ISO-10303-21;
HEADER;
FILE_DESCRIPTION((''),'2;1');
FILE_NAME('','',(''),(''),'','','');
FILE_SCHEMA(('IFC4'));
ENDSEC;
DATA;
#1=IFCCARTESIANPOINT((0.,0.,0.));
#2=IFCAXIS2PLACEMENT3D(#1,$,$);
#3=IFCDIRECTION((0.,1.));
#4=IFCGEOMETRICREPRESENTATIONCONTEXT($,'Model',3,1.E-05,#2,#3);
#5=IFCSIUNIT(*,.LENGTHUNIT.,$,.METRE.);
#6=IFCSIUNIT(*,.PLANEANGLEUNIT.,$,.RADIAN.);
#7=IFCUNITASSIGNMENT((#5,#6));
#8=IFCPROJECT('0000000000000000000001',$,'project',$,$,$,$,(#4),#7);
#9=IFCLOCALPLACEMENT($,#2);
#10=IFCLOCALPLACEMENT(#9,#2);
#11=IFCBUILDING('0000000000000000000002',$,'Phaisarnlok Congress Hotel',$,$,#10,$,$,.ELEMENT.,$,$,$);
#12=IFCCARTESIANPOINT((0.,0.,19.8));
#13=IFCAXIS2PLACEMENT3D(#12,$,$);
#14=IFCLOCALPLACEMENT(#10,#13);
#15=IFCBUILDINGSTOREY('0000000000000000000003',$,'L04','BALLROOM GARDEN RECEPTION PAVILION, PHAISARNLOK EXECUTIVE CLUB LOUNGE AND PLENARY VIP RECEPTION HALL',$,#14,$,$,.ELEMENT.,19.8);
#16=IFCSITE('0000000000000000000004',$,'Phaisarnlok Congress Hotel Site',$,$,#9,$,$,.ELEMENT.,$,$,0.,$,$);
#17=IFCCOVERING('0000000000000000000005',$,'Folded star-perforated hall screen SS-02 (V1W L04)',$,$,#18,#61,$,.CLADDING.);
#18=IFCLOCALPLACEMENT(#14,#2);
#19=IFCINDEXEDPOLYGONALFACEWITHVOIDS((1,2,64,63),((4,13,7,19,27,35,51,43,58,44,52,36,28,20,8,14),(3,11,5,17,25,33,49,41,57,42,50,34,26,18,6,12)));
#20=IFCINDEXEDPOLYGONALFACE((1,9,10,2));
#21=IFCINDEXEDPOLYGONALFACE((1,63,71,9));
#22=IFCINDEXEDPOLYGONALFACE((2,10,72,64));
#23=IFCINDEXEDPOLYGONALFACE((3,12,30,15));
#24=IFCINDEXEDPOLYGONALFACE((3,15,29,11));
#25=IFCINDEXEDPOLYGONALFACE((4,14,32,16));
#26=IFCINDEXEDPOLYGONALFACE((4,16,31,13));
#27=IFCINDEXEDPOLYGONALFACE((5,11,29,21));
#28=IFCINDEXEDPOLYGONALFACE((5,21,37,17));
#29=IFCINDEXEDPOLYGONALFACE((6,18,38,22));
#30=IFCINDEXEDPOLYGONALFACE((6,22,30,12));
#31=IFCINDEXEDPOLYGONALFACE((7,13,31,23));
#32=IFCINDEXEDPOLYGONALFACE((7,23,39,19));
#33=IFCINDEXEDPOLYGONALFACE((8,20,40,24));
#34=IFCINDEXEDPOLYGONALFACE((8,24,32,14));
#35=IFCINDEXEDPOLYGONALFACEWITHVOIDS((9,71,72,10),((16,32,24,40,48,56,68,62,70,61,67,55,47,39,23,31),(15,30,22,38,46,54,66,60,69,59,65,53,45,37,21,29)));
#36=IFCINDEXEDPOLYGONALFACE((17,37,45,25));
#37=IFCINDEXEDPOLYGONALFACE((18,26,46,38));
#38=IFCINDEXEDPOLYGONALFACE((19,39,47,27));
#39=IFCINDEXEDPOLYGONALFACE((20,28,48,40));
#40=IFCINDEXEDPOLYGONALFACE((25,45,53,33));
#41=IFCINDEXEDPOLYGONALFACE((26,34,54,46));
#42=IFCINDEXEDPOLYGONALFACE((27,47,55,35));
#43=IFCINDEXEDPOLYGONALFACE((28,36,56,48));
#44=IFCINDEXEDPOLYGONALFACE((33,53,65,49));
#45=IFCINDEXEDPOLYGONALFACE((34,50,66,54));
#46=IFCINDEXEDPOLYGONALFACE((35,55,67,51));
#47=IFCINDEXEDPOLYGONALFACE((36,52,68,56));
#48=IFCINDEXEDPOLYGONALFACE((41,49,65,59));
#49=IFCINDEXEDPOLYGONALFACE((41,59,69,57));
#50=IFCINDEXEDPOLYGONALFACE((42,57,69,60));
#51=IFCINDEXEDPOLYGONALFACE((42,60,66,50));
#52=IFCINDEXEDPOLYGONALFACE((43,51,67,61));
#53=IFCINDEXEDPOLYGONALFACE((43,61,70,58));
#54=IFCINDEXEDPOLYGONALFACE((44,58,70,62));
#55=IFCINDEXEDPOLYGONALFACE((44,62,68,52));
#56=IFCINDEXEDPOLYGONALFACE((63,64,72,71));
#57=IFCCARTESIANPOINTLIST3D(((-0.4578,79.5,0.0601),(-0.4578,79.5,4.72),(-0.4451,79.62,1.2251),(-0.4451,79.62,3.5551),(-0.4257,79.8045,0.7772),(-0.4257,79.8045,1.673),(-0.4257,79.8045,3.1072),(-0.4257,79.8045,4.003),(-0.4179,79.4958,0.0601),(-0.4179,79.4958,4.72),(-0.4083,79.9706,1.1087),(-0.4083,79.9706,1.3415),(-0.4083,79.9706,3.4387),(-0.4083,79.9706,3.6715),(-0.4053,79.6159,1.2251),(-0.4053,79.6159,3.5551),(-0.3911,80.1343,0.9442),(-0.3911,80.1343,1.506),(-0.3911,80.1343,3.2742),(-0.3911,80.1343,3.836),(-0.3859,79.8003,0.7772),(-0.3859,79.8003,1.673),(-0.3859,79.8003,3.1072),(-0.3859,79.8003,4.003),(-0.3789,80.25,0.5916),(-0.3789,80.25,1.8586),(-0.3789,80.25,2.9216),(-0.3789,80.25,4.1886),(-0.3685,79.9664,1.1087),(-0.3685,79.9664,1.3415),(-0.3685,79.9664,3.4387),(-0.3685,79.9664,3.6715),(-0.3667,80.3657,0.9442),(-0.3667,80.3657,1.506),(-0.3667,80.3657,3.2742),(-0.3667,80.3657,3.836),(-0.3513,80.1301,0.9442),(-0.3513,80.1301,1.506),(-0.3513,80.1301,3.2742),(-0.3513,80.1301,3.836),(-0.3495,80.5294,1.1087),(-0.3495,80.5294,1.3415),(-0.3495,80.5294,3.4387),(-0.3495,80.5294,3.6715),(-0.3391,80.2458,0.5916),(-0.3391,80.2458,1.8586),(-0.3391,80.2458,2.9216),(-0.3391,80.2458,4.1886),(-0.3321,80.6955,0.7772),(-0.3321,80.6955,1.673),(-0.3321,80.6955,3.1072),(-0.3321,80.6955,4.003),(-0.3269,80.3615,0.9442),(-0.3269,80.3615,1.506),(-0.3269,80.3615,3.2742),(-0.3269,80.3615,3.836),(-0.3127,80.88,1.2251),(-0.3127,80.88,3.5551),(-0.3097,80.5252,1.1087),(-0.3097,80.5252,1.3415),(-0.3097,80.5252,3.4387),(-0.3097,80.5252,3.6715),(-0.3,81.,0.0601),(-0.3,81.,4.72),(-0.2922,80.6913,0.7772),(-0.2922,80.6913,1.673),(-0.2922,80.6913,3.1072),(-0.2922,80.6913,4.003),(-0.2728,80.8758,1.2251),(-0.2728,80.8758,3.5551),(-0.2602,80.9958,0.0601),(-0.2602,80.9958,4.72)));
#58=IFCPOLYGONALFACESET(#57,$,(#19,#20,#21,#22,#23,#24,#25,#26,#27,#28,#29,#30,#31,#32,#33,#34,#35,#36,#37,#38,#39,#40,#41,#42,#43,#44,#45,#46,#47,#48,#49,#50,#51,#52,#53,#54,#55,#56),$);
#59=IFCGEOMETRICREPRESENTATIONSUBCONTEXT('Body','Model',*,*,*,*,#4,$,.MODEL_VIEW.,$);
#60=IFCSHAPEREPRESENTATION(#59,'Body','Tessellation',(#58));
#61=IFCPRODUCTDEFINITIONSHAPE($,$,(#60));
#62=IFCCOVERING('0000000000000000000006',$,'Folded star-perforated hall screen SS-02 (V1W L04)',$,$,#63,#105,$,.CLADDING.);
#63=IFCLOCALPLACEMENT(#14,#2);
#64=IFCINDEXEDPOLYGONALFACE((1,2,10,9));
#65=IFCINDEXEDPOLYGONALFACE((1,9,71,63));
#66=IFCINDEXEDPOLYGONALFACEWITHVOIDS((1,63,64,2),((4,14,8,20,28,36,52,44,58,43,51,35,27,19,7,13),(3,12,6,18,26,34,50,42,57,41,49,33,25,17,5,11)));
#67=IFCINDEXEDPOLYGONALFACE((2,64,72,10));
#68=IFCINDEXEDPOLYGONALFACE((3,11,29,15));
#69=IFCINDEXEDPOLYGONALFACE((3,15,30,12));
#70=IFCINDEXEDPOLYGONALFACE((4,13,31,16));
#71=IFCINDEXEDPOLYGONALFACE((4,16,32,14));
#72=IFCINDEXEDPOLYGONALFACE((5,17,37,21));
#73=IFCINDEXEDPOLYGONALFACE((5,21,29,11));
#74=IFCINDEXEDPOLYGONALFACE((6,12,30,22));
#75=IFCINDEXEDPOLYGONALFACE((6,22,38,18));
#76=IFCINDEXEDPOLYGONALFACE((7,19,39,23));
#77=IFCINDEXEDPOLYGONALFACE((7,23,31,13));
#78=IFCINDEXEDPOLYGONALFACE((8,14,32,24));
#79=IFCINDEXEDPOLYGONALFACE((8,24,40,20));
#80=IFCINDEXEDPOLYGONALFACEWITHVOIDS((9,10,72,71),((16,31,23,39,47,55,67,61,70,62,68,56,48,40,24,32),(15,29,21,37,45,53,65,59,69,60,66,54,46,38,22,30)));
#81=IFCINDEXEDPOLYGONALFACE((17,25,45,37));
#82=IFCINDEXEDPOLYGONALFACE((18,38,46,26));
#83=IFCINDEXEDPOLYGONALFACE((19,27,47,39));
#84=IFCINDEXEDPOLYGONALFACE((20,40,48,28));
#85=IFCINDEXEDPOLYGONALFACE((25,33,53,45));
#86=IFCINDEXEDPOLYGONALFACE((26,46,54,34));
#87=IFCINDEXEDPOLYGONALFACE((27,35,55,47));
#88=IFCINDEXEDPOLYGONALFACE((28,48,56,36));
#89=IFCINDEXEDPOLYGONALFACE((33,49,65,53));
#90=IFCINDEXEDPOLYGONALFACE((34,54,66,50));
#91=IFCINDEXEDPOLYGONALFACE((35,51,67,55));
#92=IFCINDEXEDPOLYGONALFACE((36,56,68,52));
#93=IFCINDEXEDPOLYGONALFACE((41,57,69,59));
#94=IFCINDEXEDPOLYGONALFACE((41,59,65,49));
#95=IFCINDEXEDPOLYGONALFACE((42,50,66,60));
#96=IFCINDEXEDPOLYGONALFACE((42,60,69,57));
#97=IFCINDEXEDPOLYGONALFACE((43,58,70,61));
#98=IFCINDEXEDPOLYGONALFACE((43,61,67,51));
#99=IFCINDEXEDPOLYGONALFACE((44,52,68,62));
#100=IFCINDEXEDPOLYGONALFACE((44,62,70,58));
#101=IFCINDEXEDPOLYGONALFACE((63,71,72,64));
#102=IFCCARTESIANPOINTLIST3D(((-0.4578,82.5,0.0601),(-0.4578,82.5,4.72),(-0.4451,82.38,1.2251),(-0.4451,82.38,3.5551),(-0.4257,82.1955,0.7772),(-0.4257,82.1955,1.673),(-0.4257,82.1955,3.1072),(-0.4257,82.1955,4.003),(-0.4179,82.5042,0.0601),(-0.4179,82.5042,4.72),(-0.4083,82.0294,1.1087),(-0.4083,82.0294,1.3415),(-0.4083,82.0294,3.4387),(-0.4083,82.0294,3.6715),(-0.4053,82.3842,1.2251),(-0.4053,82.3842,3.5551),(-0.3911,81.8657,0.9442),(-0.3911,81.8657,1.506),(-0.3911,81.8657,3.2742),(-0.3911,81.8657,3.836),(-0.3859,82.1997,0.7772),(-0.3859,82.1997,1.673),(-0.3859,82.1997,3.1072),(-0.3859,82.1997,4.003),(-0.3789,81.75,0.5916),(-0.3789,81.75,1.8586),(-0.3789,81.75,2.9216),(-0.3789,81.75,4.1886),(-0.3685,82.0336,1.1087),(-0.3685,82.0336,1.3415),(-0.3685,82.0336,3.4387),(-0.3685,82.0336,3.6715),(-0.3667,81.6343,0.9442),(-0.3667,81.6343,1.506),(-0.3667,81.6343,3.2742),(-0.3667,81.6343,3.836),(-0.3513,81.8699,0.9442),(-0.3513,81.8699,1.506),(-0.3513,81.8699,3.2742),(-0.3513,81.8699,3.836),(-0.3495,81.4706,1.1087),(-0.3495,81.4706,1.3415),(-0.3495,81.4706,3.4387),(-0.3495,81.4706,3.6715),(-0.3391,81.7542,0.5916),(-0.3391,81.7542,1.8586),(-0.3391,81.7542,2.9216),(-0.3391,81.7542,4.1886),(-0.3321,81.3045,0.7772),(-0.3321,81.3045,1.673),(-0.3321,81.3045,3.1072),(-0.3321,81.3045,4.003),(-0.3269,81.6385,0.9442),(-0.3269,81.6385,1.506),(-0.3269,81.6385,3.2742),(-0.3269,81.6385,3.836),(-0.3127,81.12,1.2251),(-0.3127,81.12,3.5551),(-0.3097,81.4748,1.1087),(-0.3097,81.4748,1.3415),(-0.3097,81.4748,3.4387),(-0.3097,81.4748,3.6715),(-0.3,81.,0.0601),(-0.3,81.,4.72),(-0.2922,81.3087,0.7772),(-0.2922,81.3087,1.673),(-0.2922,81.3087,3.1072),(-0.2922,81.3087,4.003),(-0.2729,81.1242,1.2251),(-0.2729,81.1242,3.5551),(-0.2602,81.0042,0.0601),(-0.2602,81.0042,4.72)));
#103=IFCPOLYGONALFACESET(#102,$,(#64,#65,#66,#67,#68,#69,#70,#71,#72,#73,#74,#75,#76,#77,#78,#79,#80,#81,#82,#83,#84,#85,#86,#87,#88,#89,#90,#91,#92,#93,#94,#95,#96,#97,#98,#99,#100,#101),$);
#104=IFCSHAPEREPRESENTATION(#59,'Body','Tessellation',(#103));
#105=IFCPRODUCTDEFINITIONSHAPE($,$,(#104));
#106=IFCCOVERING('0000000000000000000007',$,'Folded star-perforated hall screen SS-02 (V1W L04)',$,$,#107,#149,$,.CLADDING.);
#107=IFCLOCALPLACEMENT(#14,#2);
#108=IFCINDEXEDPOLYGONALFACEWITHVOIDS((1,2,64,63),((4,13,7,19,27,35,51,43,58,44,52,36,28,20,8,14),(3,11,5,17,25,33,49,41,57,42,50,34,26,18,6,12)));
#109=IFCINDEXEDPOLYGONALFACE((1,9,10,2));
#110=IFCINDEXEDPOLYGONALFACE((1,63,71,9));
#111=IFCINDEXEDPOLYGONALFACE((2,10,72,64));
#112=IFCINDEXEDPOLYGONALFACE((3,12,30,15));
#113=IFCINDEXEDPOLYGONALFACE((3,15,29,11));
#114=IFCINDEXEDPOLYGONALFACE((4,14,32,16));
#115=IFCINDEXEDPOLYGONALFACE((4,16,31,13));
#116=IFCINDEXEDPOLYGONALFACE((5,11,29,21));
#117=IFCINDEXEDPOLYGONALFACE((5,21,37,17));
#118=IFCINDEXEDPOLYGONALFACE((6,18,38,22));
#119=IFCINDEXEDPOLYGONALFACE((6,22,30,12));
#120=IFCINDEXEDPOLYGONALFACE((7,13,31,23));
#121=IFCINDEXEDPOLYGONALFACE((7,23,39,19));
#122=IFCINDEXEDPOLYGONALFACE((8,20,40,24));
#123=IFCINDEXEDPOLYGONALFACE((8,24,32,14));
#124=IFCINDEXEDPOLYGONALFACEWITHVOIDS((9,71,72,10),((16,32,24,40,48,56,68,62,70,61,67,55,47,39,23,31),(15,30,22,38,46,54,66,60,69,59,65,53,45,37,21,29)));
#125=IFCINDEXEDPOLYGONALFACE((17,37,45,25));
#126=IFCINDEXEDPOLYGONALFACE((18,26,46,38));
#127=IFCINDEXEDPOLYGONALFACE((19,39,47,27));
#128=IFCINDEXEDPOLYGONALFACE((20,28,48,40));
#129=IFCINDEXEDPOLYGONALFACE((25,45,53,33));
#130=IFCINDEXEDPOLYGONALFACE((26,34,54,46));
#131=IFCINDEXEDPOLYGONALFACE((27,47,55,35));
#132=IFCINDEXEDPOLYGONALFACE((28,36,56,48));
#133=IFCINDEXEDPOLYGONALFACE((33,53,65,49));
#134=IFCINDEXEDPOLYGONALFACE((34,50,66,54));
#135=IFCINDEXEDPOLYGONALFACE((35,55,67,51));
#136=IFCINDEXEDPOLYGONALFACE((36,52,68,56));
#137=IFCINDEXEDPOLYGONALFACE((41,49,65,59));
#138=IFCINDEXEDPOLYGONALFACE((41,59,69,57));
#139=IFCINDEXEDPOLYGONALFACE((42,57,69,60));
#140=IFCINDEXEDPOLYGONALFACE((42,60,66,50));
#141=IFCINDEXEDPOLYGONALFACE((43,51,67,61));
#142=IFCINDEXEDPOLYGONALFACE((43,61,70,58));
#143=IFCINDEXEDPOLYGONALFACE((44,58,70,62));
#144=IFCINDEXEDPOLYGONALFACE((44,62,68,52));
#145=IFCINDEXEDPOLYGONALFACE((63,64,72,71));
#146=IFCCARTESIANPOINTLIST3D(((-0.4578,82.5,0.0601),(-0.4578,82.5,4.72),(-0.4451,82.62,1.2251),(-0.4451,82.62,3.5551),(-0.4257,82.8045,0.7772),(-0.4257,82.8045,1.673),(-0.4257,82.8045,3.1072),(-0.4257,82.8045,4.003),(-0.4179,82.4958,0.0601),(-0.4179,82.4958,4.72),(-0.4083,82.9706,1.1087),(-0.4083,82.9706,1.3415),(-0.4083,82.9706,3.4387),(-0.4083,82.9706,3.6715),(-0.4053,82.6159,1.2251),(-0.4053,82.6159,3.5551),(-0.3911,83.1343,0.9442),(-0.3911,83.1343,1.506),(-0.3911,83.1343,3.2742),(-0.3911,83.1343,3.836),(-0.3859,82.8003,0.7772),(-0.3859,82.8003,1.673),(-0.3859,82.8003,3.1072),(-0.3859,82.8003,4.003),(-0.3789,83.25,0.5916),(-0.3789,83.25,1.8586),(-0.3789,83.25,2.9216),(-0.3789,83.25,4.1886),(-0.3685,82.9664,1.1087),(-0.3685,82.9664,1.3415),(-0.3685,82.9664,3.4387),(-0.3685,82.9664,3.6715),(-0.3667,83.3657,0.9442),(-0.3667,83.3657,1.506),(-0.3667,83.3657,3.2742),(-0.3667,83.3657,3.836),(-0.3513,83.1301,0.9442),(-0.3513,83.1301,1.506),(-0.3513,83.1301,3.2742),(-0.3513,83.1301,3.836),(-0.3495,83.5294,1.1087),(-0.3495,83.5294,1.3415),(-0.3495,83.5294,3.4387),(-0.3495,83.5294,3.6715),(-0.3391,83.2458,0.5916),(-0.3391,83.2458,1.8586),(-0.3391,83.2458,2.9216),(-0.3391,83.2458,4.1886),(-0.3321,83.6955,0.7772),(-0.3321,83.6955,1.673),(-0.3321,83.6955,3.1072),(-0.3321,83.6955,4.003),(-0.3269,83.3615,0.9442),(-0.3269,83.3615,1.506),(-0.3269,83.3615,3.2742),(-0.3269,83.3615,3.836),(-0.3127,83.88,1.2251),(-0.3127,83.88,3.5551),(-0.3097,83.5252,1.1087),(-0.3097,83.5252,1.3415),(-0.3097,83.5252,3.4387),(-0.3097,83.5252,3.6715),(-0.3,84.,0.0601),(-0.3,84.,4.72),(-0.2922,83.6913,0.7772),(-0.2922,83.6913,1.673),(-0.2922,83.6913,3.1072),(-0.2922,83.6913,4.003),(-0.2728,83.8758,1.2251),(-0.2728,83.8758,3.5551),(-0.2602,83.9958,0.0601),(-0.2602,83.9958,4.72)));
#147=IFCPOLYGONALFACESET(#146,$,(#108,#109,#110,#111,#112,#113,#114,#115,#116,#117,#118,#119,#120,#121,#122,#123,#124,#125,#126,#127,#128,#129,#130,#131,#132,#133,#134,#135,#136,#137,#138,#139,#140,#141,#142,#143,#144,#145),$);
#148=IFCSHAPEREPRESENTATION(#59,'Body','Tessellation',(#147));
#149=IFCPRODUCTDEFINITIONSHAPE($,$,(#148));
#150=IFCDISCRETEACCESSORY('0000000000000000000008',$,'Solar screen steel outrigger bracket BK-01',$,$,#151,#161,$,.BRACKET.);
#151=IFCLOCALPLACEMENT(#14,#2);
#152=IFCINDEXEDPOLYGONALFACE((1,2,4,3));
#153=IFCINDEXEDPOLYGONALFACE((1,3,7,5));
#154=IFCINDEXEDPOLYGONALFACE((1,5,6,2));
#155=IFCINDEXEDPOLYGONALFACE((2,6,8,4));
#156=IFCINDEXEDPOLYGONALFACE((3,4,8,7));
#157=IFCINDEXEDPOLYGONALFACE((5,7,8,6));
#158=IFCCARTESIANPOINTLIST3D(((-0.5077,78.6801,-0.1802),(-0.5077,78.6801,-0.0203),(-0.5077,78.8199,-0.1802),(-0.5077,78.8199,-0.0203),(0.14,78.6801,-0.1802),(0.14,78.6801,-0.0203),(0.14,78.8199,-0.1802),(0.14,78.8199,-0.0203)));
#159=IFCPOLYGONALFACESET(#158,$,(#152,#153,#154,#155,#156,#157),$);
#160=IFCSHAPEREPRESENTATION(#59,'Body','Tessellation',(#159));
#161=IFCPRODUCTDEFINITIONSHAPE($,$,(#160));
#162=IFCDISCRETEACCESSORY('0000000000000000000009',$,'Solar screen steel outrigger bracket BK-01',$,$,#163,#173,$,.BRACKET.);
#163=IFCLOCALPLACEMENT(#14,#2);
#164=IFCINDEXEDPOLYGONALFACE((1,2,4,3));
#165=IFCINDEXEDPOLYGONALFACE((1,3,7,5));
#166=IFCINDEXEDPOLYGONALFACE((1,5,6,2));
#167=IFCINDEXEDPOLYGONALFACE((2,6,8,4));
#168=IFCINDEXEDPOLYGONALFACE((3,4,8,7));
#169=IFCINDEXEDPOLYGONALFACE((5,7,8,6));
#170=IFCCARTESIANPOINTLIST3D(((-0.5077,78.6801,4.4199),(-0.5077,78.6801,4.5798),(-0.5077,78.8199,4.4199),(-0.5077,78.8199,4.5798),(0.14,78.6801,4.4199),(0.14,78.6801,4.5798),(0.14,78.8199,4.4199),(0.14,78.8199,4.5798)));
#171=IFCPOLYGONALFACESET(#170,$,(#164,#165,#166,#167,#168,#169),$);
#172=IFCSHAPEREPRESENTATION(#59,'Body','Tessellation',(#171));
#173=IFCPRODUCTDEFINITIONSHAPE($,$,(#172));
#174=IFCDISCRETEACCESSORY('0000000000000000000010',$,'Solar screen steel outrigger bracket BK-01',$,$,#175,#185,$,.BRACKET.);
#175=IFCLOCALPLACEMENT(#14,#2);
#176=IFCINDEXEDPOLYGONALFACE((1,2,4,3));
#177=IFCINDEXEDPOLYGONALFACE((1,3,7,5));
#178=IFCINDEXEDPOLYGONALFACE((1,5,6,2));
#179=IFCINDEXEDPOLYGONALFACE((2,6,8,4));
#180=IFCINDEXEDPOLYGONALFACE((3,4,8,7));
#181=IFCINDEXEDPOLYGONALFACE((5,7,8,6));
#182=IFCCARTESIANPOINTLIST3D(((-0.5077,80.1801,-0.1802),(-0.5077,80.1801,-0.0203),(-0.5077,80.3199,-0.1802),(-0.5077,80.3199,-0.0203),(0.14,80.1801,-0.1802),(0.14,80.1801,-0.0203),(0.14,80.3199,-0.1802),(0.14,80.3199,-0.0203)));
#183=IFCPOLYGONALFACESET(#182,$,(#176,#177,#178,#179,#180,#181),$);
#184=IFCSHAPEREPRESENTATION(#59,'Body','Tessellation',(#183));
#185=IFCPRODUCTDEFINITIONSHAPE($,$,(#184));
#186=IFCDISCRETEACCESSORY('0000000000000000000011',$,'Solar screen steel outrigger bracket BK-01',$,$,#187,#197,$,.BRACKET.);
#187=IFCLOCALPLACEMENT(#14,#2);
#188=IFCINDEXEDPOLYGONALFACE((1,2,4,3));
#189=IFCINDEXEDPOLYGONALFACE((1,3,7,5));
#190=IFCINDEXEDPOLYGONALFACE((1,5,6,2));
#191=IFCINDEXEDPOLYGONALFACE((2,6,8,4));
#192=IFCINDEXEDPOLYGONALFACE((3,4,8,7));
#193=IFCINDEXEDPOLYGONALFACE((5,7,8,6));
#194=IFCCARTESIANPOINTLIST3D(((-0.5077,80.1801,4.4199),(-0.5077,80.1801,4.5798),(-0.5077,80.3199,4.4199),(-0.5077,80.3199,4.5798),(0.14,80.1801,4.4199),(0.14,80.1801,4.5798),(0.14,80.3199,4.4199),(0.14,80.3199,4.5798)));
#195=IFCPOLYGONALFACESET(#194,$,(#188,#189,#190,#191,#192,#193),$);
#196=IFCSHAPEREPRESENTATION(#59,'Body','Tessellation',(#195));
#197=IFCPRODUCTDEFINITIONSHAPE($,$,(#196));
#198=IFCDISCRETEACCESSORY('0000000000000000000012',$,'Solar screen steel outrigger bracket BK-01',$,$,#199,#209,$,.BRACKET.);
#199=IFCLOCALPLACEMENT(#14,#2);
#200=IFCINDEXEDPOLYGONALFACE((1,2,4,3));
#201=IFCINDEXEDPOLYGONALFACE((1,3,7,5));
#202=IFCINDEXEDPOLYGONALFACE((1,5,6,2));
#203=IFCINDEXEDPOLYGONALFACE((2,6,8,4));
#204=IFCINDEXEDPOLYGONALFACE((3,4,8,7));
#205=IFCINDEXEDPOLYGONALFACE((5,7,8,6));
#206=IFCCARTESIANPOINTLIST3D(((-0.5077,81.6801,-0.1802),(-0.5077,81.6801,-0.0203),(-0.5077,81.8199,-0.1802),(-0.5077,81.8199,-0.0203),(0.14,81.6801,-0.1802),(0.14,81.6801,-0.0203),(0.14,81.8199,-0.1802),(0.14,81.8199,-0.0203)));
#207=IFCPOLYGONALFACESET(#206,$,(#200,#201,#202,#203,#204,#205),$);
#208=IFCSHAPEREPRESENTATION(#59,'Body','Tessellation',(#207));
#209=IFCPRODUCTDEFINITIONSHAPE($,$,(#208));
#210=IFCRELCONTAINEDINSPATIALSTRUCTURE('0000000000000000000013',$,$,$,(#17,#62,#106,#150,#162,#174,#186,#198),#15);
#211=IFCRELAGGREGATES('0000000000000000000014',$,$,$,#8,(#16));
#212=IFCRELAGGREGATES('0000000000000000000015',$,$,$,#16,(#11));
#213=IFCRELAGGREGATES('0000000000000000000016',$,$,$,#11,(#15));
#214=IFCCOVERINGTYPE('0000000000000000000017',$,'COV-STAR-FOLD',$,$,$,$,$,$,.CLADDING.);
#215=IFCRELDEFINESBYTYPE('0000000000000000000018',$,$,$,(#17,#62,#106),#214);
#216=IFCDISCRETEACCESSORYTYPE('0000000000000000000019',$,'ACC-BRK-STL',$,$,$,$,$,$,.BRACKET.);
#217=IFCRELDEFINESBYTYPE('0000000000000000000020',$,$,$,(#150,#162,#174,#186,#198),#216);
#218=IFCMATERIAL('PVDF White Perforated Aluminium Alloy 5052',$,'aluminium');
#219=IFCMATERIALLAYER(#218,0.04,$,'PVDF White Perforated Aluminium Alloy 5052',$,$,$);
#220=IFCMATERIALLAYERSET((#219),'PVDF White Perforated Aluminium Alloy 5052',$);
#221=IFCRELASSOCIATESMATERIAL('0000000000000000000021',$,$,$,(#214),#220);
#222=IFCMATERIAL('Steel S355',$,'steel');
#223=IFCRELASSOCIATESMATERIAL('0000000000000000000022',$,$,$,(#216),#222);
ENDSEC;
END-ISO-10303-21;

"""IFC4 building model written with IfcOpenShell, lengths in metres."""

from ifc_helpers import new_model, si_unit, direction, frame, origin, origin_2d, place, context, subcontext, project, spatial, polyline, rectangle, outline, extrude, material, layer, layer_set, type_object, element, save


model = new_model("IFC4")

# Units and contexts
model_context = context("Model", 3, precision=1e-05, world=origin(), true_north=direction((0.0, 1.0)))
body_context = subcontext(model_context, "Body", "Model", "MODEL_VIEW")
ifc_project = project(units=[si_unit("LENGTHUNIT", "METRE"), si_unit("PLANEANGLEUNIT", "RADIAN")], contexts=[model_context])

# Site, building, storey
site_placement = place(None, origin())
site = spatial("IfcSite", under=ifc_project, at=site_placement, Name="Phaisarnlok Congress Hotel Site", CompositionType="ELEMENT", RefElevation=0.0)
building_placement = place(site_placement, origin())
building = spatial("IfcBuilding", under=site, at=building_placement, Name="Phaisarnlok Congress Hotel", CompositionType="ELEMENT")
storey_placement = place(building_placement, frame((0.0, 0.0, 19.8)))
storey = spatial("IfcBuildingStorey", under=building, at=storey_placement, Name="L04", Description="BALLROOM GARDEN RECEPTION PAVILION, PHAISARNLOK EXECUTIVE CLUB LOUNGE AND PLENARY VIP RECEPTION HALL", CompositionType="ELEMENT", Elevation=19.8)

# Shared definitions
ifc_material_1 = material(Name="Steel S355", Category="steel")

# Coverings
ifc_material_2 = material(Name="PVDF White Perforated Aluminium Alloy 5052", Category="aluminium")
ifc_layer_1 = layer(ifc_material_2, 0.04, Name="PVDF White Perforated Aluminium Alloy 5052")
ifc_layer_set_1 = layer_set([ifc_layer_1], Name="PVDF White Perforated Aluminium Alloy 5052")
covering_type = type_object("IfcCoveringType", Name="COV-STAR-FOLD", PredefinedType="CLADDING", material=ifc_layer_set_1)
for number, where, z_axis, x_axis, name in (
    (1, (-0.4578, 79.5, 0.0601), (0.994518, -0.104567, 0.0), (0.104567, 0.994518, 0.0), "Folded star-perforated hall screen SS-02 (V1W L04)"),
    (2, (-0.3, 81.0, 0.0601), (0.994518, 0.104567, 0.0), (-0.104567, 0.994518, 0.0), "Folded star-perforated hall screen SS-02 (V1W L04)"),
    (3, (-0.4578, 82.5, 0.0601), (0.994518, -0.104567, 0.0), (0.104567, 0.994518, 0.0), "Folded star-perforated hall screen SS-02 (V1W L04)"),
):
    element("IfcCovering", number, at=place(storey_placement, frame(where, z_axis=z_axis, x_axis=x_axis)), inside=storey, type_object=covering_type, Name=name, PredefinedType="CLADDING", context=body_context, shape_type="SweptSolid", body=[
        extrude(outline(polyline([(0.0, 0.0), (1.5083, 0.0), (1.5083, 4.6599), (0.0, 4.6599), (0.0, 0.0)]), holes=[polyline([(1.0351, 1.0486), (1.2021, 0.7171), (0.8705, 0.8841), (0.7541, 0.5315), (0.6378, 0.8841), (0.3062, 0.7171), (0.4732, 1.0486), (0.1207, 1.165), (0.4732, 1.2814), (0.3062, 1.6129), (0.6378, 1.4459), (0.7541, 1.7985), (0.8705, 1.4459), (1.2021, 1.6129), (1.0351, 1.2814), (1.3876, 1.165), (1.0351, 1.0486)]), polyline([(1.0351, 3.3786), (1.2021, 3.0471), (0.8705, 3.2141), (0.7541, 2.8615), (0.6378, 3.2141), (0.3062, 3.0471), (0.4732, 3.3786), (0.1207, 3.495), (0.4732, 3.6114), (0.3062, 3.9429), (0.6378, 3.7759), (0.7541, 4.1285), (0.8705, 3.7759), (1.2021, 3.9429), (1.0351, 3.6114), (1.3876, 3.495), (1.0351, 3.3786)])]), origin(), (0.0, 0.0, 1.0), 0.04),
    ])

# Discrete accessories
discrete_accessory_type = type_object("IfcDiscreteAccessoryType", Name="ACC-BRK-STL", PredefinedType="BRACKET", material=ifc_material_1)
for number, where, z_axis, x_axis, name in (
    (4, (-0.1838, 78.75, -0.1802), (0.0, 0.0, 1.0), (1.0, 0.0, 0.0), "Solar screen steel outrigger bracket BK-01"),
    (5, (-0.1838, 78.75, 4.4199), (0.0, 0.0, 1.0), (1.0, 0.0, 0.0), "Solar screen steel outrigger bracket BK-01"),
    (6, (-0.1838, 80.25, -0.1802), (0.0, 0.0, 1.0), (1.0, 0.0, 0.0), "Solar screen steel outrigger bracket BK-01"),
    (7, (-0.1838, 80.25, 4.4199), (0.0, 0.0, 1.0), (1.0, 0.0, 0.0), "Solar screen steel outrigger bracket BK-01"),
    (8, (-0.1838, 81.75, -0.1802), (0.0, 0.0, 1.0), (1.0, 0.0, 0.0), "Solar screen steel outrigger bracket BK-01"),
):
    element("IfcDiscreteAccessory", number, at=place(storey_placement, frame(where, z_axis=z_axis, x_axis=x_axis)), inside=storey, type_object=discrete_accessory_type, Name=name, PredefinedType="BRACKET", context=body_context, shape_type="SweptSolid", body=[
        extrude(rectangle(XDim=0.6477, YDim=0.1399, at=origin_2d()), origin(), (0.0, 0.0, 1.0), 0.1599),
    ])

save(model, "model.ifc")
